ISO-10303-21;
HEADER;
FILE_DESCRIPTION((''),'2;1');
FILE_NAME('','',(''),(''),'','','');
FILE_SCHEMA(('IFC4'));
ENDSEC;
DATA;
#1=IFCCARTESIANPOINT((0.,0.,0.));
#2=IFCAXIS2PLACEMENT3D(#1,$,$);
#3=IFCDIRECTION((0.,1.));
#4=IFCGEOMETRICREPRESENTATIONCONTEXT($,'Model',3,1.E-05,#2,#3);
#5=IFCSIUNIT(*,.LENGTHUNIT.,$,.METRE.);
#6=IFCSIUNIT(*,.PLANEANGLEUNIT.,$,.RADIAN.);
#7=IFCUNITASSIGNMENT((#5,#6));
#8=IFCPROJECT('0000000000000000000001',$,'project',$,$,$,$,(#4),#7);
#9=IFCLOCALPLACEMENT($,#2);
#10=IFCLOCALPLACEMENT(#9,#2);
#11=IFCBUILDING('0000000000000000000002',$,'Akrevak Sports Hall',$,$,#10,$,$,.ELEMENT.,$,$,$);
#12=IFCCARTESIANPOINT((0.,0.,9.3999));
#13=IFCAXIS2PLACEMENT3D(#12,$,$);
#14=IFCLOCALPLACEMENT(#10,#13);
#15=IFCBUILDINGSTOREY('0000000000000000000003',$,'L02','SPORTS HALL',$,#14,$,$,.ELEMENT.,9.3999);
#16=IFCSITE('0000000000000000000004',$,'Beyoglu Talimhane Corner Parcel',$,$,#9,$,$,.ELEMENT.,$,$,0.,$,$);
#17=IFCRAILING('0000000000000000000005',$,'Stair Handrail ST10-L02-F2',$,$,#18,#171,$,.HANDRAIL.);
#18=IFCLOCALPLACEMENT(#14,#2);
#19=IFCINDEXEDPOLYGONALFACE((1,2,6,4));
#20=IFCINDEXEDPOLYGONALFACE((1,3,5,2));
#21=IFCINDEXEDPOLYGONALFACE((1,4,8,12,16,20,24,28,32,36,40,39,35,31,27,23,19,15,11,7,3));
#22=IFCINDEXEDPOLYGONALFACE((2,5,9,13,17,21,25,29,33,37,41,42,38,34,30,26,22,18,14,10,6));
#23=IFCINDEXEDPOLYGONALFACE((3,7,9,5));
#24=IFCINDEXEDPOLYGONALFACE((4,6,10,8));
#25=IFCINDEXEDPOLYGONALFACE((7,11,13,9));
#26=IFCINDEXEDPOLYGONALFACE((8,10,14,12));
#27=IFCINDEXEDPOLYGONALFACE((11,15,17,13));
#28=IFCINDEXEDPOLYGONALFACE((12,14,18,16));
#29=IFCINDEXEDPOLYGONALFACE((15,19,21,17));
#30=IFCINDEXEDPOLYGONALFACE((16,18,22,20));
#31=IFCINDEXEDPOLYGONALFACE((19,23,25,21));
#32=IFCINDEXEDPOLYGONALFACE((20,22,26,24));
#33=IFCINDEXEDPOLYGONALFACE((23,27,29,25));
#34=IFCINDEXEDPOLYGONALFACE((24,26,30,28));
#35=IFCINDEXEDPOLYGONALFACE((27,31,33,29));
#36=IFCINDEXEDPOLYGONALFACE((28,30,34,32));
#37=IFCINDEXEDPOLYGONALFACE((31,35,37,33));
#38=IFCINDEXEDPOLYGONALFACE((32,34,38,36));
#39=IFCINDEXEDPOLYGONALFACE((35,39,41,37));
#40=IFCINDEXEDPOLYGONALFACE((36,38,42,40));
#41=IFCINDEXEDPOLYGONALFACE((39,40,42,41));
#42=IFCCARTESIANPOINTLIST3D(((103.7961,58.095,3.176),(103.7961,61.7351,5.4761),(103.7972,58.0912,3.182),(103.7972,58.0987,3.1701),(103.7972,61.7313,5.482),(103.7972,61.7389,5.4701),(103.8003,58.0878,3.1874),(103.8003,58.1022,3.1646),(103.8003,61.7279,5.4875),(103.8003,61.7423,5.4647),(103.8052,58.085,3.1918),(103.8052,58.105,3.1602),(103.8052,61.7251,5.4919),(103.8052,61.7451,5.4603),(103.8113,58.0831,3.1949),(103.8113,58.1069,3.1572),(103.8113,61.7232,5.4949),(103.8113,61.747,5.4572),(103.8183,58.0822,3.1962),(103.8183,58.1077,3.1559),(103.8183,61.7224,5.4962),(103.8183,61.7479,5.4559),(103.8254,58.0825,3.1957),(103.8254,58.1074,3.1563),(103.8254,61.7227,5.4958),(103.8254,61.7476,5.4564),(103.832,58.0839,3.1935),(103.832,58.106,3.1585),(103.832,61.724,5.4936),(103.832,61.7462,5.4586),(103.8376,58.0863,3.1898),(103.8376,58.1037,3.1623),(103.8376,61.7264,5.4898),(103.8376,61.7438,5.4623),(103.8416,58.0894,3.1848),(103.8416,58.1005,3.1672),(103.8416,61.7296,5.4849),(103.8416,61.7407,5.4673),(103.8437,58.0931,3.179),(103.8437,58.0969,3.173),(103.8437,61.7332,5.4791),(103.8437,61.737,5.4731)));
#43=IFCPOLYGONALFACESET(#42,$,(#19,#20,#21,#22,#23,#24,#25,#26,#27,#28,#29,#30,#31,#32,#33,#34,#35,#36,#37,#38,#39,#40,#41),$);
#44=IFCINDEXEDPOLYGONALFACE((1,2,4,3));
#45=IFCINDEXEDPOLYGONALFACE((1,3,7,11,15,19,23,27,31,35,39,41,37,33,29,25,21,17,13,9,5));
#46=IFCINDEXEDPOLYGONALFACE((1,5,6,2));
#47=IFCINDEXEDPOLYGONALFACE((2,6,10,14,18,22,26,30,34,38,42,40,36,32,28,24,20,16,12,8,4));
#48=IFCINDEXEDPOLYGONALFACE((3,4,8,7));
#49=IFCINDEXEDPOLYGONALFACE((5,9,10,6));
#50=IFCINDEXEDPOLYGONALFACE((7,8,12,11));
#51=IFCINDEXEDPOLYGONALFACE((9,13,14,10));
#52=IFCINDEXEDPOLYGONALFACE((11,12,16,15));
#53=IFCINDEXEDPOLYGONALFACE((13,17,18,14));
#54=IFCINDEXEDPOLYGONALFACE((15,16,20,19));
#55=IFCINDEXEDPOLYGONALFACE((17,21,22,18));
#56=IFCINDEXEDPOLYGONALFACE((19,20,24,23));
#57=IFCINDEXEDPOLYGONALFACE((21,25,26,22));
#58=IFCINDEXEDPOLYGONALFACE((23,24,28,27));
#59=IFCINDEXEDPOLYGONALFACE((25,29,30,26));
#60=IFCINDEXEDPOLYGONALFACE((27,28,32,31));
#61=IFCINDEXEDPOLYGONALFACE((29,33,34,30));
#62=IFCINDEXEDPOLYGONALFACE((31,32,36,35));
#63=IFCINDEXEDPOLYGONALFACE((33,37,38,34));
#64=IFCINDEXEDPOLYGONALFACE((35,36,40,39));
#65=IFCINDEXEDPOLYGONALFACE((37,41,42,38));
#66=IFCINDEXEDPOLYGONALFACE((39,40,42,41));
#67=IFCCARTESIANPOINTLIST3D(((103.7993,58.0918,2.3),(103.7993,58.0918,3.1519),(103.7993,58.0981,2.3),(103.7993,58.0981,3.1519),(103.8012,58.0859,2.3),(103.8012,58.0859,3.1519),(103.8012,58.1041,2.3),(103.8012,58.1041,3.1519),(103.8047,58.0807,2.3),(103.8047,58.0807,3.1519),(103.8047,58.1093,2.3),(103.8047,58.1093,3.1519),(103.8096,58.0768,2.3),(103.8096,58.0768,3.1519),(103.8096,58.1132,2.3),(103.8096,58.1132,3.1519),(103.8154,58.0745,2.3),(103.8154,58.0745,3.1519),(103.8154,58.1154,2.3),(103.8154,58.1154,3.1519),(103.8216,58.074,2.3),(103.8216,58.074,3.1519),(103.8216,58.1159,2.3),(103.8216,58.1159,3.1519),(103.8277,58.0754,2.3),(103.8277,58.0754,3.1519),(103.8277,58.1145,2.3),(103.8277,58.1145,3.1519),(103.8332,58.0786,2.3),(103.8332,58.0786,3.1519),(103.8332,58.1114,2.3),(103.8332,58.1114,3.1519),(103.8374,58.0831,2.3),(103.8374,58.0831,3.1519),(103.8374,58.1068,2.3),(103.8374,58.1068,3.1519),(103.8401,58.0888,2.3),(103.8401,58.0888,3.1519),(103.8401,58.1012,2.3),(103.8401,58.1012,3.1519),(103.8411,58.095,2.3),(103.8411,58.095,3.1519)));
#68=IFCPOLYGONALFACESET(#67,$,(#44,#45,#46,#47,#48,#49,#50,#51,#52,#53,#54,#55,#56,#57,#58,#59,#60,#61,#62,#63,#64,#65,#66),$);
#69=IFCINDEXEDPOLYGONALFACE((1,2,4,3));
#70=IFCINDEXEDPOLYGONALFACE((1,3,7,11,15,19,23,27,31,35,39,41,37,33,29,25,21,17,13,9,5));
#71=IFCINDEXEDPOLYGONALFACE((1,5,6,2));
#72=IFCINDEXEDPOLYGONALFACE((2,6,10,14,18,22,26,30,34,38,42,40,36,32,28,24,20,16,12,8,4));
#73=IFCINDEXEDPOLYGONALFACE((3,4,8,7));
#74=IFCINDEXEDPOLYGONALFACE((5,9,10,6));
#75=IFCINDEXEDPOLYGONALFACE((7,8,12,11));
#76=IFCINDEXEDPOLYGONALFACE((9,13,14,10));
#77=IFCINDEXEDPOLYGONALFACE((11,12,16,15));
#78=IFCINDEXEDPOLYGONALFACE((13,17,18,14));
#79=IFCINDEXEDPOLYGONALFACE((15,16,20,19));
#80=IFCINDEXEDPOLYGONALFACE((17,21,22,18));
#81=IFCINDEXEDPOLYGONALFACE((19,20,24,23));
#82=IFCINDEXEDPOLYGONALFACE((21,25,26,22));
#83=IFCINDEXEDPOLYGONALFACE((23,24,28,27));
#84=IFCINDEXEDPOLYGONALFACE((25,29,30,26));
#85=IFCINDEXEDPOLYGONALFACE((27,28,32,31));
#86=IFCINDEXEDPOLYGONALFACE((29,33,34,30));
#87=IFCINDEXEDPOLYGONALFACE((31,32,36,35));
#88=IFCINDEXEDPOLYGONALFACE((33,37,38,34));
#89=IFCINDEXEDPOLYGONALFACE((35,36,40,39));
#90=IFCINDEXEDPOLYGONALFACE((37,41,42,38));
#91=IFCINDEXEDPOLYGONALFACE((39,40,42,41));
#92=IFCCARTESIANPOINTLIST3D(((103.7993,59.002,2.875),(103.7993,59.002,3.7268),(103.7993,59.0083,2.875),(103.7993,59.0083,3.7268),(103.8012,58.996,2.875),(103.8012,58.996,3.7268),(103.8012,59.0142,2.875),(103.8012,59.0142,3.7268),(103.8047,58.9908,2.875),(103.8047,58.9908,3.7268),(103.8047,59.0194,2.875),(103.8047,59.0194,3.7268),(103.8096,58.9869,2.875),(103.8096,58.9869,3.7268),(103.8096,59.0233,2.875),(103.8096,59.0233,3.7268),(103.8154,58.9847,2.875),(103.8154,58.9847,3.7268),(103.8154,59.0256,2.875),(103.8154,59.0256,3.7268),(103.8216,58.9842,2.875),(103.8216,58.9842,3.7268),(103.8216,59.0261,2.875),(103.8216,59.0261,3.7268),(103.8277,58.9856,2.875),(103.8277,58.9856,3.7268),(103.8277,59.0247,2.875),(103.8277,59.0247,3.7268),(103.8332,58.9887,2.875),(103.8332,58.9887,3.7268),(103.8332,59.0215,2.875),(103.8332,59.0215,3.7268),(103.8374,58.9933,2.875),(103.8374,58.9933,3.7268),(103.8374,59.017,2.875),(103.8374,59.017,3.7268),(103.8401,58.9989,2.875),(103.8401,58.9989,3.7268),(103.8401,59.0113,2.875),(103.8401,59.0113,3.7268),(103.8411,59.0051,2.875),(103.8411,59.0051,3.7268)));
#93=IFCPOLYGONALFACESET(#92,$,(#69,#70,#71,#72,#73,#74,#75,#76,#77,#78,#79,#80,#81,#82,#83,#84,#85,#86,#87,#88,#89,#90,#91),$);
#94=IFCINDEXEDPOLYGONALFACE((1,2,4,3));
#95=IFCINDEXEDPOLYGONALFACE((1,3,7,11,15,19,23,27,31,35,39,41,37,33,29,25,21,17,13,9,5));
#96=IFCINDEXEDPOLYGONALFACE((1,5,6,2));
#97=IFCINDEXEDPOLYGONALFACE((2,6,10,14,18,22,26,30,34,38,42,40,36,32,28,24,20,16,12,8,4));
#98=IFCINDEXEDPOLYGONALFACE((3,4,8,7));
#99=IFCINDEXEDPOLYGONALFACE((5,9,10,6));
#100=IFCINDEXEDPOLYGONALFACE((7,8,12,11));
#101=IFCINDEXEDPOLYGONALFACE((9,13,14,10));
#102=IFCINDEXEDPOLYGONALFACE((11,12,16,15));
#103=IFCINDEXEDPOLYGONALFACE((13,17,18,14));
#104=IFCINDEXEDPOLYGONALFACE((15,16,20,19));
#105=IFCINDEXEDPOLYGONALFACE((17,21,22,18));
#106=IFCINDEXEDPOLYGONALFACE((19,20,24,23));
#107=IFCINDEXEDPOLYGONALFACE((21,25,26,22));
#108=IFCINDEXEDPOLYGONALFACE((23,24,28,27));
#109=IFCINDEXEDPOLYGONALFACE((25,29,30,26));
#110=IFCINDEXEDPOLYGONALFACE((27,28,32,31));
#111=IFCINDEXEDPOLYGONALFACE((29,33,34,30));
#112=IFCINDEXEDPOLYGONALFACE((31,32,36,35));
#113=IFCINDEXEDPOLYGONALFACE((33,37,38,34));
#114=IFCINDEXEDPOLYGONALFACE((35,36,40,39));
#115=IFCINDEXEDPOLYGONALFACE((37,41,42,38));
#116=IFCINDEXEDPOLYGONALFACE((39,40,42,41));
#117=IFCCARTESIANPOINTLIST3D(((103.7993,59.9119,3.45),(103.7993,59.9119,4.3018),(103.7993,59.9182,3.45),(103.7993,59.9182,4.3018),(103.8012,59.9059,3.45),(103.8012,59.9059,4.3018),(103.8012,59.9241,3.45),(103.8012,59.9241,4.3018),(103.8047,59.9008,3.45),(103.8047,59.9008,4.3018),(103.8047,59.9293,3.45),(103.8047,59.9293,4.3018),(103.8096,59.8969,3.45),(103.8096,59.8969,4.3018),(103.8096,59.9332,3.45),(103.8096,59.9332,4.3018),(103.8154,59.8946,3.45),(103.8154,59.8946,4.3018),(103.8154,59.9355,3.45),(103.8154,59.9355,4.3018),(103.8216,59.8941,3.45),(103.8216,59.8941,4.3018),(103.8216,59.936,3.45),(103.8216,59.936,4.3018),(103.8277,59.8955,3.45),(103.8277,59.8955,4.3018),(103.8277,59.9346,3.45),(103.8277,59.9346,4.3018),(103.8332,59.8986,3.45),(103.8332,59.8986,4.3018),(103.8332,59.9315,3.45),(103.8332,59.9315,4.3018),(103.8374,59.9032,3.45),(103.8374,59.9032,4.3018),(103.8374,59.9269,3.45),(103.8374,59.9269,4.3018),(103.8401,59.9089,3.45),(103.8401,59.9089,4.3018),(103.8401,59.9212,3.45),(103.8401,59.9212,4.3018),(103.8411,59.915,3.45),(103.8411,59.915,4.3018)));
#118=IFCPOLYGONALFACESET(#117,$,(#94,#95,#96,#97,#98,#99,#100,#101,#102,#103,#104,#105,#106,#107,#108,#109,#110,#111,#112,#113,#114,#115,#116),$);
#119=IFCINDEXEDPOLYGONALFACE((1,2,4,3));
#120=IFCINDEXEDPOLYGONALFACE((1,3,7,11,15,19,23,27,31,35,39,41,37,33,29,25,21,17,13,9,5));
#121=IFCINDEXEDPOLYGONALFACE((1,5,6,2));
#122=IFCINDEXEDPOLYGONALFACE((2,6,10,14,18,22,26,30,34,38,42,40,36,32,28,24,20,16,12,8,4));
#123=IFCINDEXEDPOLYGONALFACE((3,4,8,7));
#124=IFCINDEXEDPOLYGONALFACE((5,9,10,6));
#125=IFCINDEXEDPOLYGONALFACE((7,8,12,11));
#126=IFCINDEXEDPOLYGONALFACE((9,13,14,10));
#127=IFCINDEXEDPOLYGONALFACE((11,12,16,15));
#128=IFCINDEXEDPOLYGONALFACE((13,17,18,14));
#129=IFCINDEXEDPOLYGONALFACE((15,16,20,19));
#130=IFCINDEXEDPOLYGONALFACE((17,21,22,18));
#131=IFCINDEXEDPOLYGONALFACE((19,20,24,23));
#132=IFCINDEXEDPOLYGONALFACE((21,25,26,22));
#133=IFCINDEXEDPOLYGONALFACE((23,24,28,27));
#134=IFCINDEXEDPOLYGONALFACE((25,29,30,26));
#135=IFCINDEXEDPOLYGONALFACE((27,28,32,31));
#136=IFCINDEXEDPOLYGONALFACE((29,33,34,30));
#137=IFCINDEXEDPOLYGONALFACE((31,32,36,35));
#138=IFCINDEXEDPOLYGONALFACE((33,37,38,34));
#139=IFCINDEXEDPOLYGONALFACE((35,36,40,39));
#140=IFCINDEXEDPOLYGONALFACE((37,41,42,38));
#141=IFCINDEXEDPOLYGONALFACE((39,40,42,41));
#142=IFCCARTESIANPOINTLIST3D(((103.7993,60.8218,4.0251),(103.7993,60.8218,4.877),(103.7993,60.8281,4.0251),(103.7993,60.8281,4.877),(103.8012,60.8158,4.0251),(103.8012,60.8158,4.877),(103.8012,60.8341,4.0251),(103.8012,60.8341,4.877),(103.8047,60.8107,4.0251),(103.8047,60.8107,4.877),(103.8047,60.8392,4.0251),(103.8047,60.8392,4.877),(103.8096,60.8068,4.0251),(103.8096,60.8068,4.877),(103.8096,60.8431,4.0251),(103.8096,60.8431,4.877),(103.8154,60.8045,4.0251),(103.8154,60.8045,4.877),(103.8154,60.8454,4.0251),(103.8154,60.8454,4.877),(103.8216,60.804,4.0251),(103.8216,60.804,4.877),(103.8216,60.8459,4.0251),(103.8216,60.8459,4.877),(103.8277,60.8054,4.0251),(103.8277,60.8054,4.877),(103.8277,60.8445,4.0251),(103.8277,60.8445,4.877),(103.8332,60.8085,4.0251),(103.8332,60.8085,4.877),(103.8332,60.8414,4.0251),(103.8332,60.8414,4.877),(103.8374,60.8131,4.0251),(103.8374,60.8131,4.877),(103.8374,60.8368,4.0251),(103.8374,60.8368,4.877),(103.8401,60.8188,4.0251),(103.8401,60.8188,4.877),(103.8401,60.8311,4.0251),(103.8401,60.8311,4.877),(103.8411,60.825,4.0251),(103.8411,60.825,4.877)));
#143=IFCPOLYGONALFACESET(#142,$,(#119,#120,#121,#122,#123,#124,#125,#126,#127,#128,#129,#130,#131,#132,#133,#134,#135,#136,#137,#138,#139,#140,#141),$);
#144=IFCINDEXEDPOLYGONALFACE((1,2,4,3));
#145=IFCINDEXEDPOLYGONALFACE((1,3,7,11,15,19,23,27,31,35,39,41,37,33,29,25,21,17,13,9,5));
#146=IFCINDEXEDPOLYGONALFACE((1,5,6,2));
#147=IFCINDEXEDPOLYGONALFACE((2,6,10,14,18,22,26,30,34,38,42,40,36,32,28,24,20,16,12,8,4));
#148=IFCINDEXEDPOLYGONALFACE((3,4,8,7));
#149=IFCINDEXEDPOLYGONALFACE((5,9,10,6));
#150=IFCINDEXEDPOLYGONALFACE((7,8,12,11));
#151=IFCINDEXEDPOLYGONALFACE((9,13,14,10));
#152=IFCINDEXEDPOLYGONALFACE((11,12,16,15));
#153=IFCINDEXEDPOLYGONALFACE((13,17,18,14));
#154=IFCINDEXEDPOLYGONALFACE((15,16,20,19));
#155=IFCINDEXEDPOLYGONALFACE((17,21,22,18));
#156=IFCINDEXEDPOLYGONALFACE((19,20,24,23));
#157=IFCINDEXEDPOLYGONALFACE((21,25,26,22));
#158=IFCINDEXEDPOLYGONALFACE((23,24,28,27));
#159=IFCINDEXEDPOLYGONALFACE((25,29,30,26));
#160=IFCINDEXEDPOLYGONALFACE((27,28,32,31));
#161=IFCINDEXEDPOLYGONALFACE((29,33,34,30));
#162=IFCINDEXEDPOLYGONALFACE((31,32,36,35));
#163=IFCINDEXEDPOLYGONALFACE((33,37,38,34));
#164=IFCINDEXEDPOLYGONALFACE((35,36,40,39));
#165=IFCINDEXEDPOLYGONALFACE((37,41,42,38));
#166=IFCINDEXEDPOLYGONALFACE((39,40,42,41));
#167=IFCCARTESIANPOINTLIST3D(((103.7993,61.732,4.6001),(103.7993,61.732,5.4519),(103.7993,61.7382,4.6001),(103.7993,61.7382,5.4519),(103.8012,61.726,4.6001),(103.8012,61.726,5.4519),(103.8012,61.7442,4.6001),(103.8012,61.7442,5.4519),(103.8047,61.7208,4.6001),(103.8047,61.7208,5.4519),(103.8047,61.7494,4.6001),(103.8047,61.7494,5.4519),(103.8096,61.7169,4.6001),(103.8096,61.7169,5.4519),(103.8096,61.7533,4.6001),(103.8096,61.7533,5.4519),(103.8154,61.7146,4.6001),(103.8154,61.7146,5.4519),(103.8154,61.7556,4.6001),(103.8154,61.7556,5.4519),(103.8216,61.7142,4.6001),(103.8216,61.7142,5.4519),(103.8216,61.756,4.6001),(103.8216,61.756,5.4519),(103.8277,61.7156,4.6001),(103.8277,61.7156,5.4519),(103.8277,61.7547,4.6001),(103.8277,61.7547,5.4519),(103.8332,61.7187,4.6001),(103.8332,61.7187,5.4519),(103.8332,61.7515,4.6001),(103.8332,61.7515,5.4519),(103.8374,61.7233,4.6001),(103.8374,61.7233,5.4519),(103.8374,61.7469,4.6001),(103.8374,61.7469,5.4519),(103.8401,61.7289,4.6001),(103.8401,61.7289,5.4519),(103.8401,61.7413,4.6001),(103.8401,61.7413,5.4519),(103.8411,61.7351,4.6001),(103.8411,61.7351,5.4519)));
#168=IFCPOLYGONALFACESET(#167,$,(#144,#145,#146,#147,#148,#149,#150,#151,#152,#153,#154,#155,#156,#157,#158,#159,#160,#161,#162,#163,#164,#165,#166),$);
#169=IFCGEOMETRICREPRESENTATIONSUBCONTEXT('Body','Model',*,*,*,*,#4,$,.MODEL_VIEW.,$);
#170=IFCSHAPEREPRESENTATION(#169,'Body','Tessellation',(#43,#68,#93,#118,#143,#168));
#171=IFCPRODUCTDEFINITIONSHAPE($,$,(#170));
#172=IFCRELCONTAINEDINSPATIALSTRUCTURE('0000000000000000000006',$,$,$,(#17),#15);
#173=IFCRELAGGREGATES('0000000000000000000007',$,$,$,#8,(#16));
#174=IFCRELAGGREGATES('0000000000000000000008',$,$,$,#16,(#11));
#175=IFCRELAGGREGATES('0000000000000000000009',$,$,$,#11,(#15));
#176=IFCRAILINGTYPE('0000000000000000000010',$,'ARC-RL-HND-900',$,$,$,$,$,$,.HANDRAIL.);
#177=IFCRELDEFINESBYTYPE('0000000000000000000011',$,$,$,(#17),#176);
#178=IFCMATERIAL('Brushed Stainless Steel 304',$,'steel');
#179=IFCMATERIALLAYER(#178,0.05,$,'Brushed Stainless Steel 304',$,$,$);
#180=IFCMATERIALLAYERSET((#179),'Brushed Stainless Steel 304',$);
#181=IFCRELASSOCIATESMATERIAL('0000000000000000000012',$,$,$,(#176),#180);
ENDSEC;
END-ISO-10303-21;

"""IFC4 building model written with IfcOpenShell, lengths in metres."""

from ifc_helpers import new_model, si_unit, direction, frame, origin, origin_2d, place, context, subcontext, project, spatial, circle, extrude, material, layer, layer_set, type_object, element, save


model = new_model("IFC4")

# Units and contexts
model_context = context("Model", 3, precision=1e-05, world=origin(), true_north=direction((0.0, 1.0)))
body_context = subcontext(model_context, "Body", "Model", "MODEL_VIEW")
ifc_project = project(units=[si_unit("LENGTHUNIT", "METRE"), si_unit("PLANEANGLEUNIT", "RADIAN")], contexts=[model_context])

# Site, building, storey
site_placement = place(None, origin())
site = spatial("IfcSite", under=ifc_project, at=site_placement, Name="Beyoglu Talimhane Corner Parcel", CompositionType="ELEMENT", RefElevation=0.0)
building_placement = place(site_placement, origin())
building = spatial("IfcBuilding", under=site, at=building_placement, Name="Akrevak Sports Hall", CompositionType="ELEMENT")
storey_placement = place(building_placement, frame((0.0, 0.0, 9.3999)))
storey = spatial("IfcBuildingStorey", under=building, at=storey_placement, Name="L02", Description="SPORTS HALL", CompositionType="ELEMENT", Elevation=9.3999)

# Railing
ifc_material_1 = material(Name="Brushed Stainless Steel 304", Category="steel")
ifc_layer_1 = layer(ifc_material_1, 0.05, Name="Brushed Stainless Steel 304")
ifc_layer_set_1 = layer_set([ifc_layer_1], Name="Brushed Stainless Steel 304")
railing_type_1 = type_object("IfcRailingType", Name="ARC-RL-HND-900", PredefinedType="HANDRAIL", material=ifc_layer_set_1)
railing_1_placement = place(storey_placement, frame((103.8201, 58.095, 2.3)))
element("IfcRailing", 1, at=railing_1_placement, inside=storey, type_object=railing_type_1, Name="Stair Handrail ST10-L02-F2", PredefinedType="HANDRAIL", context=body_context, shape_type="SweptSolid", body=[
    extrude(circle(Radius=0.0239, at=origin_2d()), frame((0.0, 0.0, 0.876), z_axis=(0.0, 0.845382, 0.534162), x_axis=(-1.0, 0.0, 0.0)), (0.0, 0.0, 1.0), 4.3059),
    extrude(circle(Radius=0.021, at=origin_2d()), origin(), (0.0, 0.0, 1.0), 0.8518),
    extrude(circle(Radius=0.021, at=origin_2d()), frame((0.0, 0.9102, 0.575)), (0.0, 0.0, 1.0), 0.8518),
    extrude(circle(Radius=0.021, at=origin_2d()), frame((0.0, 1.8201, 1.1499)), (0.0, 0.0, 1.0), 0.8518),
    extrude(circle(Radius=0.021, at=origin_2d()), frame((0.0, 2.73, 1.7251)), (0.0, 0.0, 1.0), 0.8518),
    extrude(circle(Radius=0.021, at=origin_2d()), frame((0.0, 3.6401, 2.3)), (0.0, 0.0, 1.0), 0.8518),
])

save(model, "model.ifc")
